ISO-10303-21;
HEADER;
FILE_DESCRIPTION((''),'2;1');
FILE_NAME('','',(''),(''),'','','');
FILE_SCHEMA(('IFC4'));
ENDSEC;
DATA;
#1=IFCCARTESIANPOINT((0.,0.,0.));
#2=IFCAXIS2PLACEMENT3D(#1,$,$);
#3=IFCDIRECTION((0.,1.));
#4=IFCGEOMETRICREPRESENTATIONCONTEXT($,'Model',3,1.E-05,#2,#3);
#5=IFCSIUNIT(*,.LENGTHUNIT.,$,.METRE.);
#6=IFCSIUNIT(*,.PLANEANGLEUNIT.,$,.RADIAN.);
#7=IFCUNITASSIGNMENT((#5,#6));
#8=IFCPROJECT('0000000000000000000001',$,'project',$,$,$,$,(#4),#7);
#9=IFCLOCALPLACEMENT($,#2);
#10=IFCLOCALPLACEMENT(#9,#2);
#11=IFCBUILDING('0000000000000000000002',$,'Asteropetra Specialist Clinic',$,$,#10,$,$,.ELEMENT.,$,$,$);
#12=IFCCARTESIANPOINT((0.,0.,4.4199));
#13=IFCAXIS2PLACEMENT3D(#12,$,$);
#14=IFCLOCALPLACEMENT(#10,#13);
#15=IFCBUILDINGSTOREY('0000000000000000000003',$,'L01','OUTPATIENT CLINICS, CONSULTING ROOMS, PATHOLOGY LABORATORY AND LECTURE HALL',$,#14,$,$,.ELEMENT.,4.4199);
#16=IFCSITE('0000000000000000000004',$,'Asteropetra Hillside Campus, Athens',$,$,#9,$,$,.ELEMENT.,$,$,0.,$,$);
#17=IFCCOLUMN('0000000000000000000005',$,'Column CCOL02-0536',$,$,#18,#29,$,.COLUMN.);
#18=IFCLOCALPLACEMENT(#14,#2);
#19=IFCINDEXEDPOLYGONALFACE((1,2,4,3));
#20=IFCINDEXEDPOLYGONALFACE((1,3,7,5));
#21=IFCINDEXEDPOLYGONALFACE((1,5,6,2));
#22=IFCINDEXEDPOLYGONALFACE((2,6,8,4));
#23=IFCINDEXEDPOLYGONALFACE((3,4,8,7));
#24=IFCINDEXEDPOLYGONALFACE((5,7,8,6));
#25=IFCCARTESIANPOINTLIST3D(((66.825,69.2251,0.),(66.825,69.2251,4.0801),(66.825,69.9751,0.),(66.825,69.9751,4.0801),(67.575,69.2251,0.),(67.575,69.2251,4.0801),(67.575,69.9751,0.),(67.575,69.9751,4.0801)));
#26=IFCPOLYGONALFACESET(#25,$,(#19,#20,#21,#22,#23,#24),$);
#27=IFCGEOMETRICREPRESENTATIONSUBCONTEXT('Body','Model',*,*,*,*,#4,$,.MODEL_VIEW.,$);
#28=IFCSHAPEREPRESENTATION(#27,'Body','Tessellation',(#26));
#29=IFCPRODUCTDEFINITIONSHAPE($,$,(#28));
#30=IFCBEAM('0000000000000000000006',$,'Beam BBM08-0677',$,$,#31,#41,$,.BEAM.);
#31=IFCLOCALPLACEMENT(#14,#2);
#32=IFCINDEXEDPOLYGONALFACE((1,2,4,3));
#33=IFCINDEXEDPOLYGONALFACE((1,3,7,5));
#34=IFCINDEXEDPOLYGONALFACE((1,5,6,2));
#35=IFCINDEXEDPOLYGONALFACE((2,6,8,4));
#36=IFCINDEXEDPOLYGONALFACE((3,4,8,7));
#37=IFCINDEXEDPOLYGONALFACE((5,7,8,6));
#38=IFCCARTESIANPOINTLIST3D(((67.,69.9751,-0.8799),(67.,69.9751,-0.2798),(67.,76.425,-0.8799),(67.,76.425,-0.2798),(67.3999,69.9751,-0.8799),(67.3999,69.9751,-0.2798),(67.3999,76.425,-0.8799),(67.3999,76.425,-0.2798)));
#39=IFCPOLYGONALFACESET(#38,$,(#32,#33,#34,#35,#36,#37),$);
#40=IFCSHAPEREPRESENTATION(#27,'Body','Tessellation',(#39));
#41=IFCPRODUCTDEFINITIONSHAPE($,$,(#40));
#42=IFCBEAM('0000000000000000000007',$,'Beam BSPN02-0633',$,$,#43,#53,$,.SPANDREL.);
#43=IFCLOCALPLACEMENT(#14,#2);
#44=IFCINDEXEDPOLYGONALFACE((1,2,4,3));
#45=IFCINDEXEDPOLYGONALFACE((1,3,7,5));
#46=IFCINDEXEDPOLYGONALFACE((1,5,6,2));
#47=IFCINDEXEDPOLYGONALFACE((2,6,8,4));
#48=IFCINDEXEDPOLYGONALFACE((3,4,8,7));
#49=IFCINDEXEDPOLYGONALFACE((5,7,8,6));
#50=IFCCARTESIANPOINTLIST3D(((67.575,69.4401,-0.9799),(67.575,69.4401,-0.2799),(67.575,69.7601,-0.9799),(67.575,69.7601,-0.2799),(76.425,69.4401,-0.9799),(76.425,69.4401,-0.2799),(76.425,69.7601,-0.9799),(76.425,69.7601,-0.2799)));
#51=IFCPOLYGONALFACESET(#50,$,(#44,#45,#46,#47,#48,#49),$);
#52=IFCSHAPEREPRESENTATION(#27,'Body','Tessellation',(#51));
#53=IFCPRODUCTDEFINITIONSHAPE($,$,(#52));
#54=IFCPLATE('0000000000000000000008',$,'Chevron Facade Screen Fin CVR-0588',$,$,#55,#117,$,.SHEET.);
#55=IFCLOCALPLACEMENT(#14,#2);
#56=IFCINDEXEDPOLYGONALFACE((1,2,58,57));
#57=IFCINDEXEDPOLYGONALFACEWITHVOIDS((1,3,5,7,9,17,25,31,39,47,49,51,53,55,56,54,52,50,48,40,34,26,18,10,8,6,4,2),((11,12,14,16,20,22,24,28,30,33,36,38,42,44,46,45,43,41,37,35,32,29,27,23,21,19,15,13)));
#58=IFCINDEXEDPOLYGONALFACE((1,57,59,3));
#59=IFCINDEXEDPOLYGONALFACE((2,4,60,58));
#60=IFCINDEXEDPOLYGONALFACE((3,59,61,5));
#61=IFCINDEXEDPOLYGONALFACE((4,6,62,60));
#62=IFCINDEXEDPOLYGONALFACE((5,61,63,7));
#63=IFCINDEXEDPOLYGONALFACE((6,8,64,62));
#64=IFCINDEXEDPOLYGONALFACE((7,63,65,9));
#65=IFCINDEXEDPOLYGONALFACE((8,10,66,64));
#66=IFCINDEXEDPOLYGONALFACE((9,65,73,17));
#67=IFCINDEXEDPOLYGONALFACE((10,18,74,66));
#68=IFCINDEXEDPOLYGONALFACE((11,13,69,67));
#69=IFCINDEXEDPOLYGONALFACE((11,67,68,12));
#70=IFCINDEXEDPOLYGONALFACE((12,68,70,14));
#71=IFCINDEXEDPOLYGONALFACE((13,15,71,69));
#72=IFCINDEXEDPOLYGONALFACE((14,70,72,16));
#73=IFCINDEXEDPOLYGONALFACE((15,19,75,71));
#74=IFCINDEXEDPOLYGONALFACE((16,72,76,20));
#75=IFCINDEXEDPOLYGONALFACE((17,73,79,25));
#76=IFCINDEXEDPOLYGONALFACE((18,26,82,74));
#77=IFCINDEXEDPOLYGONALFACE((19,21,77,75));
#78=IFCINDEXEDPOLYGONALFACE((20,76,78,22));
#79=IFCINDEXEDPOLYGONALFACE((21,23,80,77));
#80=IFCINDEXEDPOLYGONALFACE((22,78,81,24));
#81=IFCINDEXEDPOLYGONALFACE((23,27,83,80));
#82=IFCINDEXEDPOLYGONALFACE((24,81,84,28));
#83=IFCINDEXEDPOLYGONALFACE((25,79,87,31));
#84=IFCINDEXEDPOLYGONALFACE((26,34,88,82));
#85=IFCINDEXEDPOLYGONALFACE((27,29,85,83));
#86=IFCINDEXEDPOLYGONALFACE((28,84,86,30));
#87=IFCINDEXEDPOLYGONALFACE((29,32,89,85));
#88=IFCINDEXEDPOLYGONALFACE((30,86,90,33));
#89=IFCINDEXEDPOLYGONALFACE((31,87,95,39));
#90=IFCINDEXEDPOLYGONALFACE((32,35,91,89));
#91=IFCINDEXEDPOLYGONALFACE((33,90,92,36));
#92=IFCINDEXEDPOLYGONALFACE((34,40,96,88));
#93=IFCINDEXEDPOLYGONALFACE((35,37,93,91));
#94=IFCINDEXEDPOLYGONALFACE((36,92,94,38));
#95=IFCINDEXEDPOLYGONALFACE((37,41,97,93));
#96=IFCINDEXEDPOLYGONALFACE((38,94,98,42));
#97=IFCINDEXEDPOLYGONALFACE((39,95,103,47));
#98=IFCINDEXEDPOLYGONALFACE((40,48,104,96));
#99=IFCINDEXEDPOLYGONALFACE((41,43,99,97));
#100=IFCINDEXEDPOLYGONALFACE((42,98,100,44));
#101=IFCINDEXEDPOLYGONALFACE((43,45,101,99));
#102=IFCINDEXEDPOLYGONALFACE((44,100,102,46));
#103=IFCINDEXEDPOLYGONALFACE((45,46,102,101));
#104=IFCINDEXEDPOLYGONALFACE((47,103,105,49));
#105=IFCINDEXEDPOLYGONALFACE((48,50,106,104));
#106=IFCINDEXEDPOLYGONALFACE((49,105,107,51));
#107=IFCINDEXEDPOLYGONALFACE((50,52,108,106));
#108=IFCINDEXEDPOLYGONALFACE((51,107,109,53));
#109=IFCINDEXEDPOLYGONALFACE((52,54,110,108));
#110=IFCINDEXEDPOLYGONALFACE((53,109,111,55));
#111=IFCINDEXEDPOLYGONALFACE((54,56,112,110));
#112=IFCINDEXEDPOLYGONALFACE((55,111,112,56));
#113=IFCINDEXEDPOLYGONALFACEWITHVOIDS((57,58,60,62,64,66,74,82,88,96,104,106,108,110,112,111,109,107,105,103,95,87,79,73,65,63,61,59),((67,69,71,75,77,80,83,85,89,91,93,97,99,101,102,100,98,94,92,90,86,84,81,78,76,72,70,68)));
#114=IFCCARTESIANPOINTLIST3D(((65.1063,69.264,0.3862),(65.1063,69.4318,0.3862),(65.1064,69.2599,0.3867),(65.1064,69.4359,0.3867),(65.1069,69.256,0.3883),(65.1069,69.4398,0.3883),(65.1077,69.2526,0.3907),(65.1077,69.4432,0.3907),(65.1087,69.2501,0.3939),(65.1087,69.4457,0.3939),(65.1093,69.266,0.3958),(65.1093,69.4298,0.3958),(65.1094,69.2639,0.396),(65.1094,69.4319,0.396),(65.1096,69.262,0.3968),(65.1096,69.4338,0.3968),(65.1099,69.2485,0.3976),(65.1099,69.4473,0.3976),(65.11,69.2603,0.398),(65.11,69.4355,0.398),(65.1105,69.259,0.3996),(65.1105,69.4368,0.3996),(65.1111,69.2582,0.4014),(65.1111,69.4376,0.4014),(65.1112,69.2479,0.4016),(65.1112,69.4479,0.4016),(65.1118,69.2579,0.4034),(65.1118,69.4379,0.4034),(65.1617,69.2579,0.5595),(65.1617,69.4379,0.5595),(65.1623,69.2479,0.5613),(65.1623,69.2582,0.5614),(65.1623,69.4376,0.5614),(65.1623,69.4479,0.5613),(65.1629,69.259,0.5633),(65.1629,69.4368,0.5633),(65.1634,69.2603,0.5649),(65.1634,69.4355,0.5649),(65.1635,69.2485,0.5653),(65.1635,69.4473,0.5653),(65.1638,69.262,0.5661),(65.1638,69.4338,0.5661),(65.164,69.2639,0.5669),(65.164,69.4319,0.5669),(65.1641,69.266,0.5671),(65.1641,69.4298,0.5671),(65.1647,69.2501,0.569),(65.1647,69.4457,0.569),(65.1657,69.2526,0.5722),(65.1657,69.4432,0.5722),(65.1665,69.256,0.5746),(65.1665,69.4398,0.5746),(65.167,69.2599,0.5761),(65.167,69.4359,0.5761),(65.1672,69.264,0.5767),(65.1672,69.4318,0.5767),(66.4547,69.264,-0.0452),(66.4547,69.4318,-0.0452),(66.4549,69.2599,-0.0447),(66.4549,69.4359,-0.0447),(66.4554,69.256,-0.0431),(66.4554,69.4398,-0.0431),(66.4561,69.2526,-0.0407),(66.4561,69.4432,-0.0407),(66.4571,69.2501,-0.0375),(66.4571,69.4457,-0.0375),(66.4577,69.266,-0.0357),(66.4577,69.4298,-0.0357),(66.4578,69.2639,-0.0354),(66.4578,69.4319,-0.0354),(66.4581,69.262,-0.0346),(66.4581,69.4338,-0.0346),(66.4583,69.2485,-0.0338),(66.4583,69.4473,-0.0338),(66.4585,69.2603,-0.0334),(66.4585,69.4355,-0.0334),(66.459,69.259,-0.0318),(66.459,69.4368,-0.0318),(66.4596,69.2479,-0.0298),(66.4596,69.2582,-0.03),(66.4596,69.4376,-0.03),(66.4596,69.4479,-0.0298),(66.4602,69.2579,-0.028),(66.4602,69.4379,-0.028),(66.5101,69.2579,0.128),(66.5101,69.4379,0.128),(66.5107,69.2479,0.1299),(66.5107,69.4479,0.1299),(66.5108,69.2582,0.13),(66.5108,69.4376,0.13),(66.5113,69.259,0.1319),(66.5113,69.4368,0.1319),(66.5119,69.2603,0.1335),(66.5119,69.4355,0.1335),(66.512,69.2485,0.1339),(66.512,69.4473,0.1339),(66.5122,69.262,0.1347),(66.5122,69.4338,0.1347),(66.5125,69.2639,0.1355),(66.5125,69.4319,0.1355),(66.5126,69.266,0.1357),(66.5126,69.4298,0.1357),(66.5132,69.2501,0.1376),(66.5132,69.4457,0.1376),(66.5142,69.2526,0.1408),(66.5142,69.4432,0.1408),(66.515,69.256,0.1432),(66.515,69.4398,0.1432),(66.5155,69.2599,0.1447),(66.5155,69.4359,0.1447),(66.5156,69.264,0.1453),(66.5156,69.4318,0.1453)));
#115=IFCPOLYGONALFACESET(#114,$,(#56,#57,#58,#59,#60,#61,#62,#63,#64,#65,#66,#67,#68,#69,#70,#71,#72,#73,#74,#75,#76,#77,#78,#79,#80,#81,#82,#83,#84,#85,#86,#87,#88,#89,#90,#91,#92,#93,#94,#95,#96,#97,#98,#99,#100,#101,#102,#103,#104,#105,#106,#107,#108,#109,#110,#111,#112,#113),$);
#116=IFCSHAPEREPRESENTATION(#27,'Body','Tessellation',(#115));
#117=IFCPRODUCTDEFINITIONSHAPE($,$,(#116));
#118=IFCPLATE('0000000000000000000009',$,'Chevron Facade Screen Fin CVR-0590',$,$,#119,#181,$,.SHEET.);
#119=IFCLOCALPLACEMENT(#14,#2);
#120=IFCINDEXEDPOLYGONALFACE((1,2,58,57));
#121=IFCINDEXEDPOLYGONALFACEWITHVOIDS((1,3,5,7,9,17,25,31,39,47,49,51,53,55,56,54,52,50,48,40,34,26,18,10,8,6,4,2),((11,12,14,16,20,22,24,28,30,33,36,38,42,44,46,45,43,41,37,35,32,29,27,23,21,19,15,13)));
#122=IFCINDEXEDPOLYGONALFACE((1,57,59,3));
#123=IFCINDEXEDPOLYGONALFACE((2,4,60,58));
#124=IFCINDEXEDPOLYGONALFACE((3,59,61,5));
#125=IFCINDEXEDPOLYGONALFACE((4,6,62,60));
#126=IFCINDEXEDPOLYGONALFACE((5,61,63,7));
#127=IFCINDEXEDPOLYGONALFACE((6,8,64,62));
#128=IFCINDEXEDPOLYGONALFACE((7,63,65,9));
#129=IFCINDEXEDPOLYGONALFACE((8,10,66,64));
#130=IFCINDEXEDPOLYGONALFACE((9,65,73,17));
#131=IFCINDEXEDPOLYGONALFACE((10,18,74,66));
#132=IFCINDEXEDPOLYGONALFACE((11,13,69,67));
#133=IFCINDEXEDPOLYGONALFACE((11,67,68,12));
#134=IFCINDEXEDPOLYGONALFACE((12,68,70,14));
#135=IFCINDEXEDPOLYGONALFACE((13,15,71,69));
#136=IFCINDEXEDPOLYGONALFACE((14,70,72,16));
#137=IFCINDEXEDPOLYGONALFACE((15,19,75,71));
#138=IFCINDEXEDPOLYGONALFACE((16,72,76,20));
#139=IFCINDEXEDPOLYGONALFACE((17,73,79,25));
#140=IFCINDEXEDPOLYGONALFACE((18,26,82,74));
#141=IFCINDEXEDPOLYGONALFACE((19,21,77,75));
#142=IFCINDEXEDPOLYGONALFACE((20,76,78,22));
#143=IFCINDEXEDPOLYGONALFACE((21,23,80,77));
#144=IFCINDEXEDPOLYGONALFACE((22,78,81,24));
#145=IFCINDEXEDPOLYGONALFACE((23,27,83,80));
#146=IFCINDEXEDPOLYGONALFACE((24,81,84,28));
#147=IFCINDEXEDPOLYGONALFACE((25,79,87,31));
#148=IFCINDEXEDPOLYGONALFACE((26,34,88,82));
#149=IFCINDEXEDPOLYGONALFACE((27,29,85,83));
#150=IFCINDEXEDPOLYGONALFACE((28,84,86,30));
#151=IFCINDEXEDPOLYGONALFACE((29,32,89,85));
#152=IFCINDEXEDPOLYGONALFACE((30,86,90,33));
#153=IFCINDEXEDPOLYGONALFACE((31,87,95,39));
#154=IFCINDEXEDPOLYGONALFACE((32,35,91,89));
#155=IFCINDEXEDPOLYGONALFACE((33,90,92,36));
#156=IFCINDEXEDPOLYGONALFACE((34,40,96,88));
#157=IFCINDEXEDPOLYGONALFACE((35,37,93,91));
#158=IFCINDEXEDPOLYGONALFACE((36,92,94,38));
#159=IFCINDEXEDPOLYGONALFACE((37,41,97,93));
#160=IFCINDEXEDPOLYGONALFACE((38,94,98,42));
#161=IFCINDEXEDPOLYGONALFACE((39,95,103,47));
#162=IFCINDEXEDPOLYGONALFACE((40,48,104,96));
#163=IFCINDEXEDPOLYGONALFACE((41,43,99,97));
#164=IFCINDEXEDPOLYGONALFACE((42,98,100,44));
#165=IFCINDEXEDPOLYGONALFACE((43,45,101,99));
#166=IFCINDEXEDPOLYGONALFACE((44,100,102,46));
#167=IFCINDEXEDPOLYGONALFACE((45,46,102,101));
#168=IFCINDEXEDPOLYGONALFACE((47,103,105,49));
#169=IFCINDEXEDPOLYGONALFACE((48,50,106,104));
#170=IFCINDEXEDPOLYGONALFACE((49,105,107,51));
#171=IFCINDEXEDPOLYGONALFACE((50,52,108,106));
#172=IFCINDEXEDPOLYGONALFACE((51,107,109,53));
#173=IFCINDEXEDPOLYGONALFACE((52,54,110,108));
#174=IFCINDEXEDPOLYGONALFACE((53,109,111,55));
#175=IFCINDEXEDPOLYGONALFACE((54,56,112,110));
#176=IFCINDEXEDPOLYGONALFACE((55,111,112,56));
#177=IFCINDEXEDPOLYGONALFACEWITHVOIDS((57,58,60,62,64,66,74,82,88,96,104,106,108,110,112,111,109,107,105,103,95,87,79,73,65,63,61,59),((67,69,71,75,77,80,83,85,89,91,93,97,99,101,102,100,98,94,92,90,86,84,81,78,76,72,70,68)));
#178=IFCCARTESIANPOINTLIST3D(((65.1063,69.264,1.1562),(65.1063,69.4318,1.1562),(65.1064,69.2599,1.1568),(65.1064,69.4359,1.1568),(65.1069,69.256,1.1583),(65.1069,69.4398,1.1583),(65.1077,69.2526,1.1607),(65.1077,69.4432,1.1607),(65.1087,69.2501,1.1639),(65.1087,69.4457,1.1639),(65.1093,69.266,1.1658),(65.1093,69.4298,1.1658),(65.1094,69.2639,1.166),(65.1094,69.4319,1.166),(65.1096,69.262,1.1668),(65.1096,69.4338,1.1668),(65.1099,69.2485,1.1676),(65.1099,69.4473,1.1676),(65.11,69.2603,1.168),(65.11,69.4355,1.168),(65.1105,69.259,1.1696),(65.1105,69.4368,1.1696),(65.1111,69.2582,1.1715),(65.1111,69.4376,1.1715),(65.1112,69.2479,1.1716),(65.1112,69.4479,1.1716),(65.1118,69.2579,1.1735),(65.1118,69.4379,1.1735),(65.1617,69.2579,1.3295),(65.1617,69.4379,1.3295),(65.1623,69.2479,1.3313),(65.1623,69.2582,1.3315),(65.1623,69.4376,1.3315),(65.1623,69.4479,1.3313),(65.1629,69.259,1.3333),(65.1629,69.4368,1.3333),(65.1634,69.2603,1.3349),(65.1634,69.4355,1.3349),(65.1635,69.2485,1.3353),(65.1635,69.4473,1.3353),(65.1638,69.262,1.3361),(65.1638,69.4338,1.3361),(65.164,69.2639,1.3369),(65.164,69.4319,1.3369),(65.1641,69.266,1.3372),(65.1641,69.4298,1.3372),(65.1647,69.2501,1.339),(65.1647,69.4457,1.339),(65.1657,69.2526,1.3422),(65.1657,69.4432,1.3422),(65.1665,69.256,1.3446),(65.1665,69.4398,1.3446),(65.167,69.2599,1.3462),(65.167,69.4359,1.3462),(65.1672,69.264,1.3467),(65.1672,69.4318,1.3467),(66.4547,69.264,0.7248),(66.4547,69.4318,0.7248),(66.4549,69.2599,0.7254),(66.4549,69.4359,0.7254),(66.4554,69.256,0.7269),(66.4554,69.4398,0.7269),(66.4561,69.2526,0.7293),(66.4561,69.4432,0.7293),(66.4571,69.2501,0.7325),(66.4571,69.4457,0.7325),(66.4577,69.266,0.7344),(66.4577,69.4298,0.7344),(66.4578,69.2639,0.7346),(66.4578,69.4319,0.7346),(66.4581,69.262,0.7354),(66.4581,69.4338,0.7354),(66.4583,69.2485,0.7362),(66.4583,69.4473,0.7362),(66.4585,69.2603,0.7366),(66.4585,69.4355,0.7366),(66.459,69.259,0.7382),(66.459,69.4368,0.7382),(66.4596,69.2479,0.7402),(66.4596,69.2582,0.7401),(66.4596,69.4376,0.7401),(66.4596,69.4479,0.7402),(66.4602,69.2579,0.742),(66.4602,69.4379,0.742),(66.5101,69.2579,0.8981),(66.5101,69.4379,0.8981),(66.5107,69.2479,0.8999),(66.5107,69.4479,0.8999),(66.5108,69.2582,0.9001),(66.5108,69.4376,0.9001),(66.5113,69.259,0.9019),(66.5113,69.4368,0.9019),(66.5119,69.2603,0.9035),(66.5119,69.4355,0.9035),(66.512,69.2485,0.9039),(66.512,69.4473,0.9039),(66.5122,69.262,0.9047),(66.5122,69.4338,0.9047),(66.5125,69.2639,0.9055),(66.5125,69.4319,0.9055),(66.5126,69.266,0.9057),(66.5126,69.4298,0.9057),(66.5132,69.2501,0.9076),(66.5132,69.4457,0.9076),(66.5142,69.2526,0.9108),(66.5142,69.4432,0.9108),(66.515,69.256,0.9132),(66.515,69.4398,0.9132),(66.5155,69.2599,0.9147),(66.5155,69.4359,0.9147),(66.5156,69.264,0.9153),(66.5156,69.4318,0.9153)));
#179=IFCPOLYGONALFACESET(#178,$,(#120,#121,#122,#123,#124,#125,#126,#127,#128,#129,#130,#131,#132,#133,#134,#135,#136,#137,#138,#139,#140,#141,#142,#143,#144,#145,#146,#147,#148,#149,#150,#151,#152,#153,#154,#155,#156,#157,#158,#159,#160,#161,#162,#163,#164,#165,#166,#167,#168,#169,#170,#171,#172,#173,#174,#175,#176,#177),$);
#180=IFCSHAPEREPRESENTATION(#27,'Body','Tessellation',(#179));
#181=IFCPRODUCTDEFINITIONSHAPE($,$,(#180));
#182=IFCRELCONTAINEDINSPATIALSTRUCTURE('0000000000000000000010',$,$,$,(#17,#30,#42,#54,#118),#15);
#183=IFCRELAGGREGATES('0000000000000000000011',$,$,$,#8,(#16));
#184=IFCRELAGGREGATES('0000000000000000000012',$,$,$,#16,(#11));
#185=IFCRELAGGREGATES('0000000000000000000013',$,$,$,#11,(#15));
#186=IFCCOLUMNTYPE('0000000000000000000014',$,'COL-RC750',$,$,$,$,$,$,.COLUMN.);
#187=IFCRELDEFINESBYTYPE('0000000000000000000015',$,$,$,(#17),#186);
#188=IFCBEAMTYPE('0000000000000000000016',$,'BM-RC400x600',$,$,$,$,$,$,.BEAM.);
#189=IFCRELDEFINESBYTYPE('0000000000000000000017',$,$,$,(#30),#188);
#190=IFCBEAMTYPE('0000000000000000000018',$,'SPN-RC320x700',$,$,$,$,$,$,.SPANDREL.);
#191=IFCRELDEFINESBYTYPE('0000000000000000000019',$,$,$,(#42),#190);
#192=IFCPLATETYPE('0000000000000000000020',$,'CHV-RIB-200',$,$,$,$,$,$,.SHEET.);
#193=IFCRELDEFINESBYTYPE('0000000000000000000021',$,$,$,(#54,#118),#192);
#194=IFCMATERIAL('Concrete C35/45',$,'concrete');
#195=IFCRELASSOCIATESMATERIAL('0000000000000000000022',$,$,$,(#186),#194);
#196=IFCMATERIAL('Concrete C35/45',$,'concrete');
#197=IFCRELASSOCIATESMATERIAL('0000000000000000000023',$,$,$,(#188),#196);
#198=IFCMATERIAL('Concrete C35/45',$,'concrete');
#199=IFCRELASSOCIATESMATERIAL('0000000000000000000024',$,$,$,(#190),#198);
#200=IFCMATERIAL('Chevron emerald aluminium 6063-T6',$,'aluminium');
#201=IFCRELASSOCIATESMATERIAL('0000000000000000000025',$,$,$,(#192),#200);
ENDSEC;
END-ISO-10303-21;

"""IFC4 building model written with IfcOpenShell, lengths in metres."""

from ifc_helpers import new_model, si_unit, direction, frame, origin, origin_2d, place, context, subcontext, project, spatial, rectangle, hollow_rectangle, extrude, material, material_profile, profile_set, type_object, element, save


model = new_model("IFC4")

# Units and contexts
model_context = context("Model", 3, precision=1e-05, world=origin(), true_north=direction((0.0, 1.0)))
body_context = subcontext(model_context, "Body", "Model", "MODEL_VIEW")
ifc_project = project(units=[si_unit("LENGTHUNIT", "METRE"), si_unit("PLANEANGLEUNIT", "RADIAN")], contexts=[model_context])

# Site, building, storey
site_placement = place(None, origin())
site = spatial("IfcSite", under=ifc_project, at=site_placement, Name="Asteropetra Hillside Campus, Athens", CompositionType="ELEMENT", RefElevation=0.0)
building_placement = place(site_placement, origin())
building = spatial("IfcBuilding", under=site, at=building_placement, Name="Asteropetra Specialist Clinic", CompositionType="ELEMENT")
storey_placement = place(building_placement, frame((0.0, 0.0, 4.4199)))
storey = spatial("IfcBuildingStorey", under=building, at=storey_placement, Name="L01", Description="OUTPATIENT CLINICS, CONSULTING ROOMS, PATHOLOGY LABORATORY AND LECTURE HALL", CompositionType="ELEMENT", Elevation=4.4199)

# Column
ifc_material_1 = material(Name="Concrete C35/45", Category="concrete")
ifc_material_profile_1 = material_profile(ifc_material_1, rectangle(XDim=0.75, YDim=0.75, at=origin_2d()), Name="RC 750x750")
ifc_profile_set_1 = profile_set([ifc_material_profile_1], Name="Concrete C35/45")
column_type = type_object("IfcColumnType", Name="COL-RC750", PredefinedType="COLUMN", material=ifc_profile_set_1)
column_placement = place(storey_placement, frame((67.2, 69.6001, 0.0), z_axis=(0.0, 0.0, 1.0), x_axis=(1.0, 0.0, 0.0)))
element("IfcColumn", 1, at=column_placement, inside=storey, type_object=column_type, Name="Column CCOL02-0536", PredefinedType="COLUMN", context=body_context, shape_type="SweptSolid", body=[
    extrude(rectangle(XDim=0.75, YDim=0.75, at=origin_2d()), origin(), (0.0, 0.0, 1.0), 4.0801),
])

# Beams
ifc_material_2 = material(Name="Concrete C35/45", Category="concrete")
ifc_material_profile_2 = material_profile(ifc_material_2, rectangle(XDim=0.3999, YDim=0.6001, at=origin_2d()), Name="RCB 400x600")
ifc_profile_set_2 = profile_set([ifc_material_profile_2], Name="Concrete C35/45")
beam_type_1 = type_object("IfcBeamType", Name="BM-RC400x600", PredefinedType="BEAM", material=ifc_profile_set_2)
beam_1_placement = place(storey_placement, frame((67.2, 69.9751, -0.5798), z_axis=(0.0, 1.0, 0.0), x_axis=(-1.0, 0.0, 0.0)))
element("IfcBeam", 2, at=beam_1_placement, inside=storey, type_object=beam_type_1, Name="Beam BBM08-0677", PredefinedType="BEAM", context=body_context, shape_type="SweptSolid", body=[
    extrude(rectangle(XDim=0.3999, YDim=0.6001, at=origin_2d()), origin(), (0.0, 0.0, 1.0), 6.45),
])
ifc_material_3 = material(Name="Concrete C35/45", Category="concrete")
ifc_material_profile_3 = material_profile(ifc_material_3, rectangle(XDim=0.3201, YDim=0.7, at=origin_2d()), Name="RCS 320x700")
ifc_profile_set_3 = profile_set([ifc_material_profile_3], Name="Concrete C35/45")
beam_type_2 = type_object("IfcBeamType", Name="SPN-RC320x700", PredefinedType="SPANDREL", material=ifc_profile_set_3)
beam_2_placement = place(storey_placement, frame((67.575, 69.6001, -0.6299), z_axis=(1.0, 0.0, 0.0), x_axis=(0.0, 1.0, 0.0)))
element("IfcBeam", 3, at=beam_2_placement, inside=storey, type_object=beam_type_2, Name="Beam BSPN02-0633", PredefinedType="SPANDREL", context=body_context, shape_type="SweptSolid", body=[
    extrude(rectangle(XDim=0.3201, YDim=0.7, at=origin_2d()), origin(), (0.0, 0.0, 1.0), 8.8501),
])

# Plates
ifc_material_4 = material(Name="Chevron emerald aluminium 6063-T6", Category="aluminium")
ifc_material_profile_4 = material_profile(ifc_material_4, hollow_rectangle(XDim=0.2, YDim=0.2, WallThickness=0.01, InnerFilletRadius=0.0081, OuterFilletRadius=0.0161, at=origin_2d()), Name="SHS 200x200x10.0")
ifc_profile_set_4 = profile_set([ifc_material_profile_4], Name="Chevron emerald aluminium 6063-T6")
plate_type_1 = type_object("IfcPlateType", Name="CHV-RIB-200", PredefinedType="SHEET", material=ifc_profile_set_4)
for number, where, z_axis, x_axis, name in (
    (4, (65.1367, 69.3479, 0.4814), (0.952442, 0.0, -0.304719), (0.0, 1.0, 0.0), "Chevron Facade Screen Fin CVR-0588"),
    (5, (65.1367, 69.3479, 1.2515), (0.952442, 0.0, -0.304719), (0.0, 1.0, 0.0), "Chevron Facade Screen Fin CVR-0590"),
):
    element("IfcPlate", number, at=place(storey_placement, frame(where, z_axis=z_axis, x_axis=x_axis)), inside=storey, type_object=plate_type_1, Name=name, PredefinedType="SHEET", context=body_context, shape_type="SweptSolid", body=[
        extrude(hollow_rectangle(XDim=0.2, YDim=0.2, WallThickness=0.01, InnerFilletRadius=0.0081, OuterFilletRadius=0.0161, at=origin_2d()), origin(), (0.0, 0.0, 1.0), 1.4158),
    ])

save(model, "model.ifc")
